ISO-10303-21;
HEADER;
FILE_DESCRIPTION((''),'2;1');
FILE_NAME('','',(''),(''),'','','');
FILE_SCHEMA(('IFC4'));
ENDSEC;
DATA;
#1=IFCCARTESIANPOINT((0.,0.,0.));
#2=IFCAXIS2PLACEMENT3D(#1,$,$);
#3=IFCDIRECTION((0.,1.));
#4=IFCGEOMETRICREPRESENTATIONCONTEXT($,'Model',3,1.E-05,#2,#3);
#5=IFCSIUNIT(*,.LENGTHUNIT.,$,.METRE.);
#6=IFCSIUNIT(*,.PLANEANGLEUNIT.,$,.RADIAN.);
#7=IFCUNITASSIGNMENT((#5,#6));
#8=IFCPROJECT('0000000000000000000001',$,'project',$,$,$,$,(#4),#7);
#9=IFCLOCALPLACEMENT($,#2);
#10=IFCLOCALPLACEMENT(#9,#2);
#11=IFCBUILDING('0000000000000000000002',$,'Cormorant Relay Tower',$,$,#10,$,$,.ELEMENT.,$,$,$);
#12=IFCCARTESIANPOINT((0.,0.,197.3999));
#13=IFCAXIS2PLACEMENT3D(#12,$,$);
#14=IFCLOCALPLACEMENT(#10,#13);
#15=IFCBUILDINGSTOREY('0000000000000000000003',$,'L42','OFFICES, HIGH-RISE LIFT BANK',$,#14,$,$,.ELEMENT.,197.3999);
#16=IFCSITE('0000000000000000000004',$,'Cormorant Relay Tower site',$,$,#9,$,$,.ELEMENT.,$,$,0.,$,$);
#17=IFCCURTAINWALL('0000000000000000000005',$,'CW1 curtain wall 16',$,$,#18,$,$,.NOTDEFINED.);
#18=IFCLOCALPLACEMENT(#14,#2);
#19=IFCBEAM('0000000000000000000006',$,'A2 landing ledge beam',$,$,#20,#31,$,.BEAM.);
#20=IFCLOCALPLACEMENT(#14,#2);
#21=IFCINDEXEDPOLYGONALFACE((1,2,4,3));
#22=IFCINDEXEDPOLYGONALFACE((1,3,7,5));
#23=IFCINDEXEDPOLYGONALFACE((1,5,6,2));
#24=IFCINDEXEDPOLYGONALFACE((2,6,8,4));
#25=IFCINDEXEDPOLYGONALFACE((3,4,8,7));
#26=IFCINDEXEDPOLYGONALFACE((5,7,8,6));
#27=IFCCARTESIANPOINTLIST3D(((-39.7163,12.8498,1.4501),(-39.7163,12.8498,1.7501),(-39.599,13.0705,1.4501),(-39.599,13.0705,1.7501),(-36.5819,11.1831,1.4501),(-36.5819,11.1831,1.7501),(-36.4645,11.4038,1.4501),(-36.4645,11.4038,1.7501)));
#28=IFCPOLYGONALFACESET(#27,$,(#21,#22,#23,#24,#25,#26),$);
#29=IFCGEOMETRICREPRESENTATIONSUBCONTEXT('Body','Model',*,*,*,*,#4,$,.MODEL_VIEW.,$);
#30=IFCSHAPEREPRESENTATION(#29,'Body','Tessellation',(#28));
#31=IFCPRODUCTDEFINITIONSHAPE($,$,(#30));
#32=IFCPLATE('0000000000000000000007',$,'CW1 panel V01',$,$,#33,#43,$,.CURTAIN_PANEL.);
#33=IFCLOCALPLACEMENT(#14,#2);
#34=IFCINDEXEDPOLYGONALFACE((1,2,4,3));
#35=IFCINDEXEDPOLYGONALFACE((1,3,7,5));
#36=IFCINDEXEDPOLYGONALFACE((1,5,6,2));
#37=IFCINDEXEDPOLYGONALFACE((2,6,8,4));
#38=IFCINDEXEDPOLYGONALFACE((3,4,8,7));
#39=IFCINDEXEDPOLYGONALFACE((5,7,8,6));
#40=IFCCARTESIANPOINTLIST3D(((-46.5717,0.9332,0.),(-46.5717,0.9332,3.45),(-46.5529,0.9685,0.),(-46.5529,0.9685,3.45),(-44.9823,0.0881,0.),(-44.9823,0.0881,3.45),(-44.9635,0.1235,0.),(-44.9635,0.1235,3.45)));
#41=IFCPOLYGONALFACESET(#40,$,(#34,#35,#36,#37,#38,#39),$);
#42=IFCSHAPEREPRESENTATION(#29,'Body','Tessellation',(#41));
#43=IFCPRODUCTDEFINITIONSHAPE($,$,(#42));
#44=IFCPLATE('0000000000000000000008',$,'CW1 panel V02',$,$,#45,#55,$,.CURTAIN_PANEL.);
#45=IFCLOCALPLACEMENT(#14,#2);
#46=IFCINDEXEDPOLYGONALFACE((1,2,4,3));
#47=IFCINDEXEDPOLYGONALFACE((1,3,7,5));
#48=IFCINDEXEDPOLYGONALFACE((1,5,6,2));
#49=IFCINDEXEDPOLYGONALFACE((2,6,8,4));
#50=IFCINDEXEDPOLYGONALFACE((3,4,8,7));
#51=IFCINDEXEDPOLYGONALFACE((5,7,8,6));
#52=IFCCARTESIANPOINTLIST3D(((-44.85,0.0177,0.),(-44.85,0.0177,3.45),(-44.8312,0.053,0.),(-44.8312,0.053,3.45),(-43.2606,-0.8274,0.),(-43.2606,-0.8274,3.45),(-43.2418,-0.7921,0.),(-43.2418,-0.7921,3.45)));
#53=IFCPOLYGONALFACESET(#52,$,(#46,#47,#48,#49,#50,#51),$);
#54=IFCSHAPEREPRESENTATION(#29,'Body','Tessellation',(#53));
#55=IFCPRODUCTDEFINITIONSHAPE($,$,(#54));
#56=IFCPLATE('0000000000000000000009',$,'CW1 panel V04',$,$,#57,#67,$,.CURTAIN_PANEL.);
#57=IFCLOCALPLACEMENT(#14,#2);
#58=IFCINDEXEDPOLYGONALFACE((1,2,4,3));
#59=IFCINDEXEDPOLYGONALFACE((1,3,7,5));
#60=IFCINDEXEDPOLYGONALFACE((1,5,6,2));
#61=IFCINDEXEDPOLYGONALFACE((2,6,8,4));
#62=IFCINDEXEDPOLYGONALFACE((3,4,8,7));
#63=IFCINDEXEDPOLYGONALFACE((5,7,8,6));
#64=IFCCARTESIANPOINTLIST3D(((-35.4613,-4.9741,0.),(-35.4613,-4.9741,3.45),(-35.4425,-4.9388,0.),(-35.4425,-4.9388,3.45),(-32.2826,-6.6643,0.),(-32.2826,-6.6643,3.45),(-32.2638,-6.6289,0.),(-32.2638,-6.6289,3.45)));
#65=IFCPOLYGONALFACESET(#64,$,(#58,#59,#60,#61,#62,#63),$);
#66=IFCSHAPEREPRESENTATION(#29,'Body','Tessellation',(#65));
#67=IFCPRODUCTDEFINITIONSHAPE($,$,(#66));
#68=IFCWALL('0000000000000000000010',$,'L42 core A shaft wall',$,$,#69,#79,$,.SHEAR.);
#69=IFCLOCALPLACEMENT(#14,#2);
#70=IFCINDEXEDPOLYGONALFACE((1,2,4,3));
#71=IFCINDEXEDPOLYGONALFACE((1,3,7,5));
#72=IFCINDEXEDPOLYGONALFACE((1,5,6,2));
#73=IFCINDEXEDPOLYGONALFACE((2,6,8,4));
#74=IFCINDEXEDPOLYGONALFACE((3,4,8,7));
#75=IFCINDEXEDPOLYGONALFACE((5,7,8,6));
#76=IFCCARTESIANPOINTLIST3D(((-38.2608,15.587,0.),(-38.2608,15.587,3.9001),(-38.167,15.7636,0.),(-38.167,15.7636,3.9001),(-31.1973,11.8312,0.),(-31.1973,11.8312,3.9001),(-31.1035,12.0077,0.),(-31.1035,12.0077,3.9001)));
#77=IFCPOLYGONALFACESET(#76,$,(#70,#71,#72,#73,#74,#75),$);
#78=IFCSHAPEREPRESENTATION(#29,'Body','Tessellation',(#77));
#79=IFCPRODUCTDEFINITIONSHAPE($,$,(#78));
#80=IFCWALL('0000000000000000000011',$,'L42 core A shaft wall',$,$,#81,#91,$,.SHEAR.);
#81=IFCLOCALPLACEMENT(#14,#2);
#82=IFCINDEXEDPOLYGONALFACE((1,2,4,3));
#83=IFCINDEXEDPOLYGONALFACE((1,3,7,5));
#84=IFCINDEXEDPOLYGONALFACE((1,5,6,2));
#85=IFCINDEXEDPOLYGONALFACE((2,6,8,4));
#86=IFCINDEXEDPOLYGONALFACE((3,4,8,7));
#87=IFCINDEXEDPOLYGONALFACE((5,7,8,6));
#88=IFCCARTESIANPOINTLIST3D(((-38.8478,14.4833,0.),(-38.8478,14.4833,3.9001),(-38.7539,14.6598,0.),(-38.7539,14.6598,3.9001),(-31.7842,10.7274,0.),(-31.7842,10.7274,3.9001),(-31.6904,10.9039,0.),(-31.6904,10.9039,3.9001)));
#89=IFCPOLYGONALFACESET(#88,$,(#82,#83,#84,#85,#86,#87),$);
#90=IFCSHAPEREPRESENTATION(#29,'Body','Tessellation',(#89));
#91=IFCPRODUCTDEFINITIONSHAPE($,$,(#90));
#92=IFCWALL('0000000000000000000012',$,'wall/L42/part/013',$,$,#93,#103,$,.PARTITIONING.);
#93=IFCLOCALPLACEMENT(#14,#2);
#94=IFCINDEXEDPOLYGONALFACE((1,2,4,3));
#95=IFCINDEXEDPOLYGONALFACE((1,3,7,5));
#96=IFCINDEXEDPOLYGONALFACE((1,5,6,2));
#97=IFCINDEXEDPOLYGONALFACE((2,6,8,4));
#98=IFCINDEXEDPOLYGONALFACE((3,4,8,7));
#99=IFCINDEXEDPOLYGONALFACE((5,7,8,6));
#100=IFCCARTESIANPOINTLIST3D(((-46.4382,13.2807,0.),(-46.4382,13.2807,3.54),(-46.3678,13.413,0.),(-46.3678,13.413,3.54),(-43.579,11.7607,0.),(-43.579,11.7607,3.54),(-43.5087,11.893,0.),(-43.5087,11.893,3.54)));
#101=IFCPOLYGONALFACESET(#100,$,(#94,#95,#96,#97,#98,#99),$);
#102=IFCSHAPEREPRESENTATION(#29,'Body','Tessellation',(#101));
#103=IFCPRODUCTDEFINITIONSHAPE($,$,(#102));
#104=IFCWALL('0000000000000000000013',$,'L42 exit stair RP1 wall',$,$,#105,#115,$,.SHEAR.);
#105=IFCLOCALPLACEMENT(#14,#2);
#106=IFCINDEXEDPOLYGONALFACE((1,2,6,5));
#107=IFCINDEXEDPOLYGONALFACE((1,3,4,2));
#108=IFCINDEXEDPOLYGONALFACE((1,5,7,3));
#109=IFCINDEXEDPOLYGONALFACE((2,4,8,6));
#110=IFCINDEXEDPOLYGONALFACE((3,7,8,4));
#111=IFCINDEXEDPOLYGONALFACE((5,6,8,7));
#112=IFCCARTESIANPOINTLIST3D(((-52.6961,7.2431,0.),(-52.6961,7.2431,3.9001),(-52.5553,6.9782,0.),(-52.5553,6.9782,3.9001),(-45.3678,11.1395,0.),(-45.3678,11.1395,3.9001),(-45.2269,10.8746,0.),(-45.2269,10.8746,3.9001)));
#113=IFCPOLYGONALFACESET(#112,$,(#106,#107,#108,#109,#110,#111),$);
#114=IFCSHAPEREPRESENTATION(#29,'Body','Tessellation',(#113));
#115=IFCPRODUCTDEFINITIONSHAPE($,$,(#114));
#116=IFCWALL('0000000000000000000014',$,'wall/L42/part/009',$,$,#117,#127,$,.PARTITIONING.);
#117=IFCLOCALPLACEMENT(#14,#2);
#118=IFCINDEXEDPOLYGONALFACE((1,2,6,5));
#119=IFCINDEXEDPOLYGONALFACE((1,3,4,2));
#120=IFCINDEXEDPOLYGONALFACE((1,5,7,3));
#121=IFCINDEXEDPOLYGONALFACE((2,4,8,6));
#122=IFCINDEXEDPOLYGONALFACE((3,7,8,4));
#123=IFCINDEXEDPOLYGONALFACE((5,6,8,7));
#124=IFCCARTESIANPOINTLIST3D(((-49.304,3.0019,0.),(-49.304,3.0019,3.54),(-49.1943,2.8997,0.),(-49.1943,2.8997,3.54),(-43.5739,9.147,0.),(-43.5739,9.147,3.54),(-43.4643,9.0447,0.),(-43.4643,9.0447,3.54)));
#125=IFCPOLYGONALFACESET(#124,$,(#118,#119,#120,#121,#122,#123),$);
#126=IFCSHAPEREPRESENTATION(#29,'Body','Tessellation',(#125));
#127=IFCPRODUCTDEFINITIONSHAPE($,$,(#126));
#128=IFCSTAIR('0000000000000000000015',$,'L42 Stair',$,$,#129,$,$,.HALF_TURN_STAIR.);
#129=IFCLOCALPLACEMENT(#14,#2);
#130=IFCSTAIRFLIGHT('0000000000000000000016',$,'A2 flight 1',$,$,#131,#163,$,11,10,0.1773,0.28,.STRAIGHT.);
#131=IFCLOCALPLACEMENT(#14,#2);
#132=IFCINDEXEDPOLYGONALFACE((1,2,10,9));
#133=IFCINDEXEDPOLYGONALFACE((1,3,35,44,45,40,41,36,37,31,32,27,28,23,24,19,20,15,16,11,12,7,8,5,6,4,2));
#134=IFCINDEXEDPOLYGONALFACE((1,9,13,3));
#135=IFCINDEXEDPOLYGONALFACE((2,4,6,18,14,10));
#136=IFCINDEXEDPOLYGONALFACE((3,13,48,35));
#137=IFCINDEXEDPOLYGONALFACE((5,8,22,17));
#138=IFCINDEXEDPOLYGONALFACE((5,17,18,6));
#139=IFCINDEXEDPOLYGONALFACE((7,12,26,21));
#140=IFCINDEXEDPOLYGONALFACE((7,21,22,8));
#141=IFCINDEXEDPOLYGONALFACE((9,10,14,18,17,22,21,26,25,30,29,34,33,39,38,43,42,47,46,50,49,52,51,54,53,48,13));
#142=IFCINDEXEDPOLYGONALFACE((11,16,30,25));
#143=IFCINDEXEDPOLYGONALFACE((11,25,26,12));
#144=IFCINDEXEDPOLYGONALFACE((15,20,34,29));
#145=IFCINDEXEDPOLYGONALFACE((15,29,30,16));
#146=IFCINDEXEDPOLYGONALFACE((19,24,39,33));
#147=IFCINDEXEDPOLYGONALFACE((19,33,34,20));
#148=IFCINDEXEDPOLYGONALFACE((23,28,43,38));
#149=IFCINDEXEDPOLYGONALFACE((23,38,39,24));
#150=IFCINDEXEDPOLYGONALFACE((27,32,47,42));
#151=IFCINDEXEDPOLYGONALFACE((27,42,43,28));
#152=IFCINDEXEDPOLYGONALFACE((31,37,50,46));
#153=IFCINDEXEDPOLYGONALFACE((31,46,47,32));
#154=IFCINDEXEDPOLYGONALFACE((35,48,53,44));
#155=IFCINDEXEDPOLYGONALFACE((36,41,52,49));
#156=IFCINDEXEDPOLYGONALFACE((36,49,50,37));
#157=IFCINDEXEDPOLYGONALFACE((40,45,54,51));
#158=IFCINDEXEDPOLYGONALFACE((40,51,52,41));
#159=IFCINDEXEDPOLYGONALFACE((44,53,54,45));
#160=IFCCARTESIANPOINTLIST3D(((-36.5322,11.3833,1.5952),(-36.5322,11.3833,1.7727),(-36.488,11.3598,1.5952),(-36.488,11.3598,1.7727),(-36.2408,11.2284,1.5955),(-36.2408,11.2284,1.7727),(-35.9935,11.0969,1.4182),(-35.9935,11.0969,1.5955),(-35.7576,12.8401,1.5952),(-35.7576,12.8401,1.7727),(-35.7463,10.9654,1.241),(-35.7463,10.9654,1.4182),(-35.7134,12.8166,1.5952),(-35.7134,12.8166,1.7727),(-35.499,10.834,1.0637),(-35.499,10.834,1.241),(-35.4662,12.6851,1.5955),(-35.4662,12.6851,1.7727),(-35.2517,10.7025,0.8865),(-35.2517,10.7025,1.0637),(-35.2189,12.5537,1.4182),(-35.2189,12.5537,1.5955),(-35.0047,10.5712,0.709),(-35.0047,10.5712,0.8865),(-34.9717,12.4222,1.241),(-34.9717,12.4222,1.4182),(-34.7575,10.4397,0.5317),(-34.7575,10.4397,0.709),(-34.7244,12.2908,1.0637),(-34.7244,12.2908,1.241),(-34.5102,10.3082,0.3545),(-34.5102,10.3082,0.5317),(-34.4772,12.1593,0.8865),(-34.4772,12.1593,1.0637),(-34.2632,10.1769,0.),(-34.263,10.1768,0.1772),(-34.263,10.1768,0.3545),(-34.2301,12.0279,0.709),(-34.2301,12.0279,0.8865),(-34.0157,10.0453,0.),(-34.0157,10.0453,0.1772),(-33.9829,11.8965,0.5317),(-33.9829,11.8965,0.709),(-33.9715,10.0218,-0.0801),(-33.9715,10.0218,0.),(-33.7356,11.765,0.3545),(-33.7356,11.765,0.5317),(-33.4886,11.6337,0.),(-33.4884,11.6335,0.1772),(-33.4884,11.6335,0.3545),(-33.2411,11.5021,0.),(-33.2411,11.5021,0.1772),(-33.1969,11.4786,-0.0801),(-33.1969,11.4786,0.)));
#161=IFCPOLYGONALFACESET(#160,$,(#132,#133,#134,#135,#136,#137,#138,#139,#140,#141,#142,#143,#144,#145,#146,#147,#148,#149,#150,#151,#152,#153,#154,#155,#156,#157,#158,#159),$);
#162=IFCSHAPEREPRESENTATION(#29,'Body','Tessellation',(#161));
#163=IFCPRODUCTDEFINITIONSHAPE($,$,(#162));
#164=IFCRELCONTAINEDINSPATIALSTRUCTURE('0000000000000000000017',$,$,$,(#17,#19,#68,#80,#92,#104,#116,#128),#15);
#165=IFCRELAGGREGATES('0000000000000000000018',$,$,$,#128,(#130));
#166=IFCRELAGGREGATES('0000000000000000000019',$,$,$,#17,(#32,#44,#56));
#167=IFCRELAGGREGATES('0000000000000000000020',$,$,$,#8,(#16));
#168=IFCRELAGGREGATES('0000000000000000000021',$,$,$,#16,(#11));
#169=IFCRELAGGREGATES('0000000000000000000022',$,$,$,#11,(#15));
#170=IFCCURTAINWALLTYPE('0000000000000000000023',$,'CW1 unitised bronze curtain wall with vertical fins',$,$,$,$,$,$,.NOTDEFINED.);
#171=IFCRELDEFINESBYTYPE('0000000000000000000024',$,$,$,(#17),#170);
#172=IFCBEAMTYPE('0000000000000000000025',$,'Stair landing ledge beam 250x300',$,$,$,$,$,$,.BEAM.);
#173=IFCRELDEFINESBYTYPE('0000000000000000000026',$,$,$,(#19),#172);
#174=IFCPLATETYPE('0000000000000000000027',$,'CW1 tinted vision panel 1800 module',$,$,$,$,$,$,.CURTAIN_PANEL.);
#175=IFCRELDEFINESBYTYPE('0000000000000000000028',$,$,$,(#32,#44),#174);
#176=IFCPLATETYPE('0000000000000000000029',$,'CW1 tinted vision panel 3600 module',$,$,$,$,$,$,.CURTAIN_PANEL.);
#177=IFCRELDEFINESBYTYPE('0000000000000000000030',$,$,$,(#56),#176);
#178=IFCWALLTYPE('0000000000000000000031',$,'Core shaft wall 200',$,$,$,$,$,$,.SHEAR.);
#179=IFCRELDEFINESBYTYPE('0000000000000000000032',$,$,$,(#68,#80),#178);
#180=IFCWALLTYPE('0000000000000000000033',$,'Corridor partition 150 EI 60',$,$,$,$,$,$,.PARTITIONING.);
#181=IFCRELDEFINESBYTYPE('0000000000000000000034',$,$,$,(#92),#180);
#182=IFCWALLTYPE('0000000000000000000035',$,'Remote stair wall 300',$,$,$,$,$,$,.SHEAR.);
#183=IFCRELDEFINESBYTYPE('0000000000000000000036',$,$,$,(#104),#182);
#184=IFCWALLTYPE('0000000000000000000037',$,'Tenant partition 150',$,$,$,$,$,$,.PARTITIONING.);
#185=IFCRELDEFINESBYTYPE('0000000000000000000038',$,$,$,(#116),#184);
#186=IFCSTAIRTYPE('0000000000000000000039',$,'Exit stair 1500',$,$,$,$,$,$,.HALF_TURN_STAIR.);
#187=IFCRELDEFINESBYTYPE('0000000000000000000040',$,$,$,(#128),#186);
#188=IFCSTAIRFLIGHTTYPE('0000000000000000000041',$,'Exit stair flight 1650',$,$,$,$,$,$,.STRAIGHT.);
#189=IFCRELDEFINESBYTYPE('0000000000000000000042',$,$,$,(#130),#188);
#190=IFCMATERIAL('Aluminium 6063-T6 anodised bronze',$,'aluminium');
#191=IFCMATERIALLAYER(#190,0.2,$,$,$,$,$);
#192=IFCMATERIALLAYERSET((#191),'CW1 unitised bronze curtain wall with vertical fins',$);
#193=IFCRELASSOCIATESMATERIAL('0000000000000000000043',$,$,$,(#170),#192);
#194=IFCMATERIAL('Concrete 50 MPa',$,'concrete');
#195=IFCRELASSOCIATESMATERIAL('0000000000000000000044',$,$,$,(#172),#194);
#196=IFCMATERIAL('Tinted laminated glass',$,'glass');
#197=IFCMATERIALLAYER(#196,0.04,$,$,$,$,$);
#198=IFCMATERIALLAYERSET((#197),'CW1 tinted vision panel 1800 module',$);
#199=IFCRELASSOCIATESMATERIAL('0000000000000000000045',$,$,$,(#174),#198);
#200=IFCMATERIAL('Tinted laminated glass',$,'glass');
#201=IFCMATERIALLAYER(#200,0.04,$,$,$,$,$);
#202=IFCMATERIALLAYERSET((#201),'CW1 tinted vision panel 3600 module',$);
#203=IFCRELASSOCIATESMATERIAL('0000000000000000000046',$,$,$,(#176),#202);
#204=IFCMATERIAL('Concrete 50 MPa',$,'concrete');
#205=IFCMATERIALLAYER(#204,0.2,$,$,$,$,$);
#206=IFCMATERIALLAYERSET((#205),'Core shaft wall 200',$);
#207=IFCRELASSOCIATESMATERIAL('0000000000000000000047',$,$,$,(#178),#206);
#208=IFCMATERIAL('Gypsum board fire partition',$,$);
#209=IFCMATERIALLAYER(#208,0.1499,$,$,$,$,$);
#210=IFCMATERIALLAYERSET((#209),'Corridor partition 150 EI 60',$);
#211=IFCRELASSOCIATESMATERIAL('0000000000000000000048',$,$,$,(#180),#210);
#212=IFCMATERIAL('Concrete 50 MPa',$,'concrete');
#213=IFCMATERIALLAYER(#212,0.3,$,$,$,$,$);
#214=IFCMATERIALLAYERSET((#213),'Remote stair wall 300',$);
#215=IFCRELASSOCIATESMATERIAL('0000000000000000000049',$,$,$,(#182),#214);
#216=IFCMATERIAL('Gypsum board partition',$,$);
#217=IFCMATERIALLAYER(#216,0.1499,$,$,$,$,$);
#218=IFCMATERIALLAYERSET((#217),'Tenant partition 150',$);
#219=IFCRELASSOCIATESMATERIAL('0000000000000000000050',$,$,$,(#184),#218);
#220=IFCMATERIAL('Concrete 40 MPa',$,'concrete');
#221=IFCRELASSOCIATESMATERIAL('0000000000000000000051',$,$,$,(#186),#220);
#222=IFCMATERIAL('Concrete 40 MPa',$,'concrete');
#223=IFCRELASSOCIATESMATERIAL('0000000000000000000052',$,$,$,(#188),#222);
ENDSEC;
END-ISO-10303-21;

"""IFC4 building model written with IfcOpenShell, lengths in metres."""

from ifc_helpers import new_model, si_unit, direction, frame, frame_2d, origin, origin_2d, place, context, subcontext, project, spatial, polyline, rectangle, outline, extrude, material, layer, layer_set, material_profile, profile_set, type_object, element, aggregate, save


model = new_model("IFC4")

# Units and contexts
model_context = context("Model", 3, precision=1e-05, world=origin(), true_north=direction((0.0, 1.0)))
body_context = subcontext(model_context, "Body", "Model", "MODEL_VIEW")
ifc_project = project(units=[si_unit("LENGTHUNIT", "METRE"), si_unit("PLANEANGLEUNIT", "RADIAN")], contexts=[model_context])

# Site, building, storey
site_placement = place(None, origin())
site = spatial("IfcSite", under=ifc_project, at=site_placement, Name="Cormorant Relay Tower site", CompositionType="ELEMENT", RefElevation=0.0)
building_placement = place(site_placement, origin())
building = spatial("IfcBuilding", under=site, at=building_placement, Name="Cormorant Relay Tower", CompositionType="ELEMENT")
storey_placement = place(building_placement, frame((0.0, 0.0, 197.3999)))
storey = spatial("IfcBuildingStorey", under=building, at=storey_placement, Name="L42", Description="OFFICES, HIGH-RISE LIFT BANK", CompositionType="ELEMENT", Elevation=197.3999)

# Curtain wall
ifc_material_1 = material(Name="Aluminium 6063-T6 anodised bronze", Category="aluminium")
ifc_layer_1 = layer(ifc_material_1, 0.2)
ifc_layer_set_1 = layer_set([ifc_layer_1], Name="CW1 unitised bronze curtain wall with vertical fins")
curtain_wall_type = type_object("IfcCurtainWallType", Name="CW1 unitised bronze curtain wall with vertical fins", PredefinedType="NOTDEFINED", material=ifc_layer_set_1)
curtain_wall_placement = place(storey_placement, origin())
curtain_wall = element("IfcCurtainWall", 1, at=curtain_wall_placement, inside=storey, type_object=curtain_wall_type, Name="CW1 curtain wall 16", PredefinedType="NOTDEFINED")

# Beam
ifc_material_2 = material(Name="Concrete 50 MPa", Category="concrete")
ifc_material_profile_1 = material_profile(ifc_material_2, rectangle(XDim=0.25, YDim=0.3, at=origin_2d()), Name="RC 250x300")
ifc_profile_set_1 = profile_set([ifc_material_profile_1], Name="Concrete 50 MPa")
beam_type_1 = type_object("IfcBeamType", Name="Stair landing ledge beam 250x300", PredefinedType="BEAM", material=ifc_profile_set_1)
beam_1_placement = place(storey_placement, frame((-36.5232, 11.2935, 1.6001), z_axis=(-0.882937, 0.469492, 0.0), x_axis=(-0.469492, -0.882937, 0.0)))
element("IfcBeam", 2, at=beam_1_placement, inside=storey, type_object=beam_type_1, Name="A2 landing ledge beam", PredefinedType="BEAM", context=body_context, shape_type="SweptSolid", body=[
    extrude(rectangle(XDim=0.25, YDim=0.3, at=origin_2d()), origin(), (0.0, 0.0, 1.0), 3.55),
])

# Plates
ifc_material_3 = material(Name="Tinted laminated glass", Category="glass")
ifc_layer_2 = layer(ifc_material_3, 0.04)
ifc_layer_set_2 = layer_set([ifc_layer_2], Name="CW1 tinted vision panel 1800 module")
plate_type_1 = type_object("IfcPlateType", Name="CW1 tinted vision panel 1800 module", PredefinedType="CURTAIN_PANEL", material=ifc_layer_set_2)
plate_1_placement = place(storey_placement, frame((-45.7676, 0.5283, 0.0), z_axis=(0.0, 0.0, 1.0), x_axis=(0.882948, -0.469472, 0.0)))
plate_1 = element("IfcPlate", 3, at=plate_1_placement, type_object=plate_type_1, Name="CW1 panel V01", PredefinedType="CURTAIN_PANEL", context=body_context, shape_type="SweptSolid", body=[
    extrude(rectangle(XDim=1.8, YDim=0.04, at=origin_2d()), origin(), (0.0, 0.0, 1.0), 3.45),
])
plate_2_placement = place(storey_placement, frame((-44.0459, -0.3872, 0.0), z_axis=(0.0, 0.0, 1.0), x_axis=(0.882948, -0.469472, 0.0)))
plate_2 = element("IfcPlate", 4, at=plate_2_placement, type_object=plate_type_1, Name="CW1 panel V02", PredefinedType="CURTAIN_PANEL", context=body_context, shape_type="SweptSolid", body=[
    extrude(rectangle(XDim=1.8, YDim=0.04, at=origin_2d()), origin(), (0.0, 0.0, 1.0), 3.45),
])
ifc_material_4 = material(Name="Tinted laminated glass", Category="glass")
ifc_layer_3 = layer(ifc_material_4, 0.04)
ifc_layer_set_3 = layer_set([ifc_layer_3], Name="CW1 tinted vision panel 3600 module")
plate_type_2 = type_object("IfcPlateType", Name="CW1 tinted vision panel 3600 module", PredefinedType="CURTAIN_PANEL", material=ifc_layer_set_3)
plate_3_placement = place(storey_placement, frame((-33.8625, -5.8015, 0.0), z_axis=(0.0, 0.0, 1.0), x_axis=(0.882948, -0.469472, 0.0)))
plate_3 = element("IfcPlate", 5, at=plate_3_placement, type_object=plate_type_2, Name="CW1 panel V04", PredefinedType="CURTAIN_PANEL", context=body_context, shape_type="SweptSolid", body=[
    extrude(rectangle(XDim=3.6001, YDim=0.04, at=origin_2d()), origin(), (0.0, 0.0, 1.0), 3.45),
])

# Walls
ifc_material_5 = material(Name="Concrete 50 MPa", Category="concrete")
ifc_layer_4 = layer(ifc_material_5, 0.2)
ifc_layer_set_4 = layer_set([ifc_layer_4], Name="Core shaft wall 200")
wall_type_1 = type_object("IfcWallType", Name="Core shaft wall 200", PredefinedType="SHEAR", material=ifc_layer_set_4)
for number, where, z_axis, x_axis, name in (
    (6, (-31.1504, 11.9194, 0.0), (0.0, 0.0, 1.0), (-0.88294, 0.469485, 0.0), "L42 core A shaft wall"),
    (7, (-31.7373, 10.8157, 0.0), (0.0, 0.0, 1.0), (-0.88294, 0.469485, 0.0), "L42 core A shaft wall"),
):
    element("IfcWall", number, at=place(storey_placement, frame(where, z_axis=z_axis, x_axis=x_axis)), inside=storey, type_object=wall_type_1, Name=name, PredefinedType="SHEAR", context=body_context, shape_type="SweptSolid", body=[
        extrude(rectangle(XDim=8.0, YDim=0.2, at=frame_2d((4.0, 0.0))), origin(), (0.0, 0.0, 1.0), 3.9001),
    ])
ifc_material_6 = material(Name="Gypsum board fire partition")
ifc_layer_5 = layer(ifc_material_6, 0.1499)
ifc_layer_set_5 = layer_set([ifc_layer_5], Name="Corridor partition 150 EI 60")
wall_type_2 = type_object("IfcWallType", Name="Corridor partition 150 EI 60", PredefinedType="PARTITIONING", material=ifc_layer_set_5)
wall_1_placement = place(storey_placement, frame((-46.4031, 13.3469, 0.0), z_axis=(0.0, 0.0, 1.0), x_axis=(0.882974, -0.469422, 0.0)))
element("IfcWall", 8, at=wall_1_placement, inside=storey, type_object=wall_type_2, Name="wall/L42/part/013", PredefinedType="PARTITIONING", context=body_context, shape_type="SweptSolid", body=[
    extrude(rectangle(XDim=3.238, YDim=0.1499, at=frame_2d((1.6191, 0.0))), origin(), (0.0, 0.0, 1.0), 3.54),
])
ifc_material_7 = material(Name="Concrete 50 MPa", Category="concrete")
ifc_layer_6 = layer(ifc_material_7, 0.3)
ifc_layer_set_6 = layer_set([ifc_layer_6], Name="Remote stair wall 300")
wall_type_3 = type_object("IfcWallType", Name="Remote stair wall 300", PredefinedType="SHEAR", material=ifc_layer_set_6)
wall_2_placement = place(storey_placement, frame((-45.2974, 11.0071, 0.0), z_axis=(0.0, 0.0, 1.0), x_axis=(-0.882952, -0.469464, 0.0)))
element("IfcWall", 9, at=wall_2_placement, inside=storey, type_object=wall_type_3, Name="L42 exit stair RP1 wall", PredefinedType="SHEAR", context=body_context, shape_type="SweptSolid", body=[
    extrude(rectangle(XDim=8.2998, YDim=0.3, at=frame_2d((4.1499, 0.0))), origin(), (0.0, 0.0, 1.0), 3.9001),
])
ifc_material_8 = material(Name="Gypsum board partition")
ifc_layer_7 = layer(ifc_material_8, 0.1499)
ifc_layer_set_7 = layer_set([ifc_layer_7], Name="Tenant partition 150")
wall_type_4 = type_object("IfcWallType", Name="Tenant partition 150", PredefinedType="PARTITIONING", material=ifc_layer_set_7)
wall_3_placement = place(storey_placement, frame((-43.519, 9.0959, 0.0), z_axis=(0.0, 0.0, 1.0), x_axis=(-0.681977, -0.731374, 0.0)))
element("IfcWall", 10, at=wall_3_placement, inside=storey, type_object=wall_type_4, Name="wall/L42/part/009", PredefinedType="PARTITIONING", context=body_context, shape_type="SweptSolid", body=[
    extrude(rectangle(XDim=8.4021, YDim=0.1499, at=frame_2d((4.2012, 0.0))), origin(), (0.0, 0.0, 1.0), 3.54),
])

# Stair, stair flight
ifc_material_9 = material(Name="Concrete 40 MPa", Category="concrete")
stair_type = type_object("IfcStairType", Name="Exit stair 1500", PredefinedType="HALF_TURN_STAIR", material=ifc_material_9)
stair_placement = place(storey_placement, origin())
stair = element("IfcStair", 11, at=stair_placement, inside=storey, type_object=stair_type, Name="L42 Stair", PredefinedType="HALF_TURN_STAIR")
ifc_material_10 = material(Name="Concrete 40 MPa", Category="concrete")
stair_flight_type = type_object("IfcStairFlightType", Name="Exit stair flight 1650", PredefinedType="STRAIGHT", material=ifc_material_10)
stair_flight_1_placement = place(storey_placement, frame((-33.6284, 10.7737, 0.0), z_axis=(0.0, 0.0, 1.0), x_axis=(-0.882948, 0.469472, 0.0)))
stair_flight_1 = element("IfcStairFlight", 12, at=stair_flight_1_placement, type_object=stair_flight_type, Name="A2 flight 1", NumberOfRisers=11, NumberOfTreads=10, PredefinedType="STRAIGHT", RiserHeight=0.1773, TreadLength=0.28, context=body_context, shape_type="SweptSolid", body=[
    extrude(outline(polyline([(-0.05, -0.0801), (-0.05, 0.0), (0.0, 0.0), (0.0, 0.1772), (0.28, 0.1772), (0.28, 0.3545), (0.5601, 0.3545), (0.5601, 0.5317), (0.8401, 0.5317), (0.8401, 0.709), (1.1201, 0.709), (1.1201, 0.8865), (1.3999, 0.8865), (1.3999, 1.0637), (1.6799, 1.0637), (1.6799, 1.241), (1.96, 1.241), (1.96, 1.4182), (2.24, 1.4182), (2.24, 1.5955), (2.52, 1.5955), (2.52, 1.7727), (2.8, 1.7727), (2.8501, 1.7727), (2.8501, 1.5952), (2.8, 1.5952), (0.2803, 0.0), (-0.05, -0.0801)])), frame((0.0, 0.825, 0.0), z_axis=(0.0, -1.0, 0.0), x_axis=(1.0, 0.0, 0.0)), (0.0, 0.0, 1.0), 1.6499),
])
aggregate(stair, [stair_flight_1])

aggregate(curtain_wall, [plate_1, plate_2, plate_3])

save(model, "model.ifc")
